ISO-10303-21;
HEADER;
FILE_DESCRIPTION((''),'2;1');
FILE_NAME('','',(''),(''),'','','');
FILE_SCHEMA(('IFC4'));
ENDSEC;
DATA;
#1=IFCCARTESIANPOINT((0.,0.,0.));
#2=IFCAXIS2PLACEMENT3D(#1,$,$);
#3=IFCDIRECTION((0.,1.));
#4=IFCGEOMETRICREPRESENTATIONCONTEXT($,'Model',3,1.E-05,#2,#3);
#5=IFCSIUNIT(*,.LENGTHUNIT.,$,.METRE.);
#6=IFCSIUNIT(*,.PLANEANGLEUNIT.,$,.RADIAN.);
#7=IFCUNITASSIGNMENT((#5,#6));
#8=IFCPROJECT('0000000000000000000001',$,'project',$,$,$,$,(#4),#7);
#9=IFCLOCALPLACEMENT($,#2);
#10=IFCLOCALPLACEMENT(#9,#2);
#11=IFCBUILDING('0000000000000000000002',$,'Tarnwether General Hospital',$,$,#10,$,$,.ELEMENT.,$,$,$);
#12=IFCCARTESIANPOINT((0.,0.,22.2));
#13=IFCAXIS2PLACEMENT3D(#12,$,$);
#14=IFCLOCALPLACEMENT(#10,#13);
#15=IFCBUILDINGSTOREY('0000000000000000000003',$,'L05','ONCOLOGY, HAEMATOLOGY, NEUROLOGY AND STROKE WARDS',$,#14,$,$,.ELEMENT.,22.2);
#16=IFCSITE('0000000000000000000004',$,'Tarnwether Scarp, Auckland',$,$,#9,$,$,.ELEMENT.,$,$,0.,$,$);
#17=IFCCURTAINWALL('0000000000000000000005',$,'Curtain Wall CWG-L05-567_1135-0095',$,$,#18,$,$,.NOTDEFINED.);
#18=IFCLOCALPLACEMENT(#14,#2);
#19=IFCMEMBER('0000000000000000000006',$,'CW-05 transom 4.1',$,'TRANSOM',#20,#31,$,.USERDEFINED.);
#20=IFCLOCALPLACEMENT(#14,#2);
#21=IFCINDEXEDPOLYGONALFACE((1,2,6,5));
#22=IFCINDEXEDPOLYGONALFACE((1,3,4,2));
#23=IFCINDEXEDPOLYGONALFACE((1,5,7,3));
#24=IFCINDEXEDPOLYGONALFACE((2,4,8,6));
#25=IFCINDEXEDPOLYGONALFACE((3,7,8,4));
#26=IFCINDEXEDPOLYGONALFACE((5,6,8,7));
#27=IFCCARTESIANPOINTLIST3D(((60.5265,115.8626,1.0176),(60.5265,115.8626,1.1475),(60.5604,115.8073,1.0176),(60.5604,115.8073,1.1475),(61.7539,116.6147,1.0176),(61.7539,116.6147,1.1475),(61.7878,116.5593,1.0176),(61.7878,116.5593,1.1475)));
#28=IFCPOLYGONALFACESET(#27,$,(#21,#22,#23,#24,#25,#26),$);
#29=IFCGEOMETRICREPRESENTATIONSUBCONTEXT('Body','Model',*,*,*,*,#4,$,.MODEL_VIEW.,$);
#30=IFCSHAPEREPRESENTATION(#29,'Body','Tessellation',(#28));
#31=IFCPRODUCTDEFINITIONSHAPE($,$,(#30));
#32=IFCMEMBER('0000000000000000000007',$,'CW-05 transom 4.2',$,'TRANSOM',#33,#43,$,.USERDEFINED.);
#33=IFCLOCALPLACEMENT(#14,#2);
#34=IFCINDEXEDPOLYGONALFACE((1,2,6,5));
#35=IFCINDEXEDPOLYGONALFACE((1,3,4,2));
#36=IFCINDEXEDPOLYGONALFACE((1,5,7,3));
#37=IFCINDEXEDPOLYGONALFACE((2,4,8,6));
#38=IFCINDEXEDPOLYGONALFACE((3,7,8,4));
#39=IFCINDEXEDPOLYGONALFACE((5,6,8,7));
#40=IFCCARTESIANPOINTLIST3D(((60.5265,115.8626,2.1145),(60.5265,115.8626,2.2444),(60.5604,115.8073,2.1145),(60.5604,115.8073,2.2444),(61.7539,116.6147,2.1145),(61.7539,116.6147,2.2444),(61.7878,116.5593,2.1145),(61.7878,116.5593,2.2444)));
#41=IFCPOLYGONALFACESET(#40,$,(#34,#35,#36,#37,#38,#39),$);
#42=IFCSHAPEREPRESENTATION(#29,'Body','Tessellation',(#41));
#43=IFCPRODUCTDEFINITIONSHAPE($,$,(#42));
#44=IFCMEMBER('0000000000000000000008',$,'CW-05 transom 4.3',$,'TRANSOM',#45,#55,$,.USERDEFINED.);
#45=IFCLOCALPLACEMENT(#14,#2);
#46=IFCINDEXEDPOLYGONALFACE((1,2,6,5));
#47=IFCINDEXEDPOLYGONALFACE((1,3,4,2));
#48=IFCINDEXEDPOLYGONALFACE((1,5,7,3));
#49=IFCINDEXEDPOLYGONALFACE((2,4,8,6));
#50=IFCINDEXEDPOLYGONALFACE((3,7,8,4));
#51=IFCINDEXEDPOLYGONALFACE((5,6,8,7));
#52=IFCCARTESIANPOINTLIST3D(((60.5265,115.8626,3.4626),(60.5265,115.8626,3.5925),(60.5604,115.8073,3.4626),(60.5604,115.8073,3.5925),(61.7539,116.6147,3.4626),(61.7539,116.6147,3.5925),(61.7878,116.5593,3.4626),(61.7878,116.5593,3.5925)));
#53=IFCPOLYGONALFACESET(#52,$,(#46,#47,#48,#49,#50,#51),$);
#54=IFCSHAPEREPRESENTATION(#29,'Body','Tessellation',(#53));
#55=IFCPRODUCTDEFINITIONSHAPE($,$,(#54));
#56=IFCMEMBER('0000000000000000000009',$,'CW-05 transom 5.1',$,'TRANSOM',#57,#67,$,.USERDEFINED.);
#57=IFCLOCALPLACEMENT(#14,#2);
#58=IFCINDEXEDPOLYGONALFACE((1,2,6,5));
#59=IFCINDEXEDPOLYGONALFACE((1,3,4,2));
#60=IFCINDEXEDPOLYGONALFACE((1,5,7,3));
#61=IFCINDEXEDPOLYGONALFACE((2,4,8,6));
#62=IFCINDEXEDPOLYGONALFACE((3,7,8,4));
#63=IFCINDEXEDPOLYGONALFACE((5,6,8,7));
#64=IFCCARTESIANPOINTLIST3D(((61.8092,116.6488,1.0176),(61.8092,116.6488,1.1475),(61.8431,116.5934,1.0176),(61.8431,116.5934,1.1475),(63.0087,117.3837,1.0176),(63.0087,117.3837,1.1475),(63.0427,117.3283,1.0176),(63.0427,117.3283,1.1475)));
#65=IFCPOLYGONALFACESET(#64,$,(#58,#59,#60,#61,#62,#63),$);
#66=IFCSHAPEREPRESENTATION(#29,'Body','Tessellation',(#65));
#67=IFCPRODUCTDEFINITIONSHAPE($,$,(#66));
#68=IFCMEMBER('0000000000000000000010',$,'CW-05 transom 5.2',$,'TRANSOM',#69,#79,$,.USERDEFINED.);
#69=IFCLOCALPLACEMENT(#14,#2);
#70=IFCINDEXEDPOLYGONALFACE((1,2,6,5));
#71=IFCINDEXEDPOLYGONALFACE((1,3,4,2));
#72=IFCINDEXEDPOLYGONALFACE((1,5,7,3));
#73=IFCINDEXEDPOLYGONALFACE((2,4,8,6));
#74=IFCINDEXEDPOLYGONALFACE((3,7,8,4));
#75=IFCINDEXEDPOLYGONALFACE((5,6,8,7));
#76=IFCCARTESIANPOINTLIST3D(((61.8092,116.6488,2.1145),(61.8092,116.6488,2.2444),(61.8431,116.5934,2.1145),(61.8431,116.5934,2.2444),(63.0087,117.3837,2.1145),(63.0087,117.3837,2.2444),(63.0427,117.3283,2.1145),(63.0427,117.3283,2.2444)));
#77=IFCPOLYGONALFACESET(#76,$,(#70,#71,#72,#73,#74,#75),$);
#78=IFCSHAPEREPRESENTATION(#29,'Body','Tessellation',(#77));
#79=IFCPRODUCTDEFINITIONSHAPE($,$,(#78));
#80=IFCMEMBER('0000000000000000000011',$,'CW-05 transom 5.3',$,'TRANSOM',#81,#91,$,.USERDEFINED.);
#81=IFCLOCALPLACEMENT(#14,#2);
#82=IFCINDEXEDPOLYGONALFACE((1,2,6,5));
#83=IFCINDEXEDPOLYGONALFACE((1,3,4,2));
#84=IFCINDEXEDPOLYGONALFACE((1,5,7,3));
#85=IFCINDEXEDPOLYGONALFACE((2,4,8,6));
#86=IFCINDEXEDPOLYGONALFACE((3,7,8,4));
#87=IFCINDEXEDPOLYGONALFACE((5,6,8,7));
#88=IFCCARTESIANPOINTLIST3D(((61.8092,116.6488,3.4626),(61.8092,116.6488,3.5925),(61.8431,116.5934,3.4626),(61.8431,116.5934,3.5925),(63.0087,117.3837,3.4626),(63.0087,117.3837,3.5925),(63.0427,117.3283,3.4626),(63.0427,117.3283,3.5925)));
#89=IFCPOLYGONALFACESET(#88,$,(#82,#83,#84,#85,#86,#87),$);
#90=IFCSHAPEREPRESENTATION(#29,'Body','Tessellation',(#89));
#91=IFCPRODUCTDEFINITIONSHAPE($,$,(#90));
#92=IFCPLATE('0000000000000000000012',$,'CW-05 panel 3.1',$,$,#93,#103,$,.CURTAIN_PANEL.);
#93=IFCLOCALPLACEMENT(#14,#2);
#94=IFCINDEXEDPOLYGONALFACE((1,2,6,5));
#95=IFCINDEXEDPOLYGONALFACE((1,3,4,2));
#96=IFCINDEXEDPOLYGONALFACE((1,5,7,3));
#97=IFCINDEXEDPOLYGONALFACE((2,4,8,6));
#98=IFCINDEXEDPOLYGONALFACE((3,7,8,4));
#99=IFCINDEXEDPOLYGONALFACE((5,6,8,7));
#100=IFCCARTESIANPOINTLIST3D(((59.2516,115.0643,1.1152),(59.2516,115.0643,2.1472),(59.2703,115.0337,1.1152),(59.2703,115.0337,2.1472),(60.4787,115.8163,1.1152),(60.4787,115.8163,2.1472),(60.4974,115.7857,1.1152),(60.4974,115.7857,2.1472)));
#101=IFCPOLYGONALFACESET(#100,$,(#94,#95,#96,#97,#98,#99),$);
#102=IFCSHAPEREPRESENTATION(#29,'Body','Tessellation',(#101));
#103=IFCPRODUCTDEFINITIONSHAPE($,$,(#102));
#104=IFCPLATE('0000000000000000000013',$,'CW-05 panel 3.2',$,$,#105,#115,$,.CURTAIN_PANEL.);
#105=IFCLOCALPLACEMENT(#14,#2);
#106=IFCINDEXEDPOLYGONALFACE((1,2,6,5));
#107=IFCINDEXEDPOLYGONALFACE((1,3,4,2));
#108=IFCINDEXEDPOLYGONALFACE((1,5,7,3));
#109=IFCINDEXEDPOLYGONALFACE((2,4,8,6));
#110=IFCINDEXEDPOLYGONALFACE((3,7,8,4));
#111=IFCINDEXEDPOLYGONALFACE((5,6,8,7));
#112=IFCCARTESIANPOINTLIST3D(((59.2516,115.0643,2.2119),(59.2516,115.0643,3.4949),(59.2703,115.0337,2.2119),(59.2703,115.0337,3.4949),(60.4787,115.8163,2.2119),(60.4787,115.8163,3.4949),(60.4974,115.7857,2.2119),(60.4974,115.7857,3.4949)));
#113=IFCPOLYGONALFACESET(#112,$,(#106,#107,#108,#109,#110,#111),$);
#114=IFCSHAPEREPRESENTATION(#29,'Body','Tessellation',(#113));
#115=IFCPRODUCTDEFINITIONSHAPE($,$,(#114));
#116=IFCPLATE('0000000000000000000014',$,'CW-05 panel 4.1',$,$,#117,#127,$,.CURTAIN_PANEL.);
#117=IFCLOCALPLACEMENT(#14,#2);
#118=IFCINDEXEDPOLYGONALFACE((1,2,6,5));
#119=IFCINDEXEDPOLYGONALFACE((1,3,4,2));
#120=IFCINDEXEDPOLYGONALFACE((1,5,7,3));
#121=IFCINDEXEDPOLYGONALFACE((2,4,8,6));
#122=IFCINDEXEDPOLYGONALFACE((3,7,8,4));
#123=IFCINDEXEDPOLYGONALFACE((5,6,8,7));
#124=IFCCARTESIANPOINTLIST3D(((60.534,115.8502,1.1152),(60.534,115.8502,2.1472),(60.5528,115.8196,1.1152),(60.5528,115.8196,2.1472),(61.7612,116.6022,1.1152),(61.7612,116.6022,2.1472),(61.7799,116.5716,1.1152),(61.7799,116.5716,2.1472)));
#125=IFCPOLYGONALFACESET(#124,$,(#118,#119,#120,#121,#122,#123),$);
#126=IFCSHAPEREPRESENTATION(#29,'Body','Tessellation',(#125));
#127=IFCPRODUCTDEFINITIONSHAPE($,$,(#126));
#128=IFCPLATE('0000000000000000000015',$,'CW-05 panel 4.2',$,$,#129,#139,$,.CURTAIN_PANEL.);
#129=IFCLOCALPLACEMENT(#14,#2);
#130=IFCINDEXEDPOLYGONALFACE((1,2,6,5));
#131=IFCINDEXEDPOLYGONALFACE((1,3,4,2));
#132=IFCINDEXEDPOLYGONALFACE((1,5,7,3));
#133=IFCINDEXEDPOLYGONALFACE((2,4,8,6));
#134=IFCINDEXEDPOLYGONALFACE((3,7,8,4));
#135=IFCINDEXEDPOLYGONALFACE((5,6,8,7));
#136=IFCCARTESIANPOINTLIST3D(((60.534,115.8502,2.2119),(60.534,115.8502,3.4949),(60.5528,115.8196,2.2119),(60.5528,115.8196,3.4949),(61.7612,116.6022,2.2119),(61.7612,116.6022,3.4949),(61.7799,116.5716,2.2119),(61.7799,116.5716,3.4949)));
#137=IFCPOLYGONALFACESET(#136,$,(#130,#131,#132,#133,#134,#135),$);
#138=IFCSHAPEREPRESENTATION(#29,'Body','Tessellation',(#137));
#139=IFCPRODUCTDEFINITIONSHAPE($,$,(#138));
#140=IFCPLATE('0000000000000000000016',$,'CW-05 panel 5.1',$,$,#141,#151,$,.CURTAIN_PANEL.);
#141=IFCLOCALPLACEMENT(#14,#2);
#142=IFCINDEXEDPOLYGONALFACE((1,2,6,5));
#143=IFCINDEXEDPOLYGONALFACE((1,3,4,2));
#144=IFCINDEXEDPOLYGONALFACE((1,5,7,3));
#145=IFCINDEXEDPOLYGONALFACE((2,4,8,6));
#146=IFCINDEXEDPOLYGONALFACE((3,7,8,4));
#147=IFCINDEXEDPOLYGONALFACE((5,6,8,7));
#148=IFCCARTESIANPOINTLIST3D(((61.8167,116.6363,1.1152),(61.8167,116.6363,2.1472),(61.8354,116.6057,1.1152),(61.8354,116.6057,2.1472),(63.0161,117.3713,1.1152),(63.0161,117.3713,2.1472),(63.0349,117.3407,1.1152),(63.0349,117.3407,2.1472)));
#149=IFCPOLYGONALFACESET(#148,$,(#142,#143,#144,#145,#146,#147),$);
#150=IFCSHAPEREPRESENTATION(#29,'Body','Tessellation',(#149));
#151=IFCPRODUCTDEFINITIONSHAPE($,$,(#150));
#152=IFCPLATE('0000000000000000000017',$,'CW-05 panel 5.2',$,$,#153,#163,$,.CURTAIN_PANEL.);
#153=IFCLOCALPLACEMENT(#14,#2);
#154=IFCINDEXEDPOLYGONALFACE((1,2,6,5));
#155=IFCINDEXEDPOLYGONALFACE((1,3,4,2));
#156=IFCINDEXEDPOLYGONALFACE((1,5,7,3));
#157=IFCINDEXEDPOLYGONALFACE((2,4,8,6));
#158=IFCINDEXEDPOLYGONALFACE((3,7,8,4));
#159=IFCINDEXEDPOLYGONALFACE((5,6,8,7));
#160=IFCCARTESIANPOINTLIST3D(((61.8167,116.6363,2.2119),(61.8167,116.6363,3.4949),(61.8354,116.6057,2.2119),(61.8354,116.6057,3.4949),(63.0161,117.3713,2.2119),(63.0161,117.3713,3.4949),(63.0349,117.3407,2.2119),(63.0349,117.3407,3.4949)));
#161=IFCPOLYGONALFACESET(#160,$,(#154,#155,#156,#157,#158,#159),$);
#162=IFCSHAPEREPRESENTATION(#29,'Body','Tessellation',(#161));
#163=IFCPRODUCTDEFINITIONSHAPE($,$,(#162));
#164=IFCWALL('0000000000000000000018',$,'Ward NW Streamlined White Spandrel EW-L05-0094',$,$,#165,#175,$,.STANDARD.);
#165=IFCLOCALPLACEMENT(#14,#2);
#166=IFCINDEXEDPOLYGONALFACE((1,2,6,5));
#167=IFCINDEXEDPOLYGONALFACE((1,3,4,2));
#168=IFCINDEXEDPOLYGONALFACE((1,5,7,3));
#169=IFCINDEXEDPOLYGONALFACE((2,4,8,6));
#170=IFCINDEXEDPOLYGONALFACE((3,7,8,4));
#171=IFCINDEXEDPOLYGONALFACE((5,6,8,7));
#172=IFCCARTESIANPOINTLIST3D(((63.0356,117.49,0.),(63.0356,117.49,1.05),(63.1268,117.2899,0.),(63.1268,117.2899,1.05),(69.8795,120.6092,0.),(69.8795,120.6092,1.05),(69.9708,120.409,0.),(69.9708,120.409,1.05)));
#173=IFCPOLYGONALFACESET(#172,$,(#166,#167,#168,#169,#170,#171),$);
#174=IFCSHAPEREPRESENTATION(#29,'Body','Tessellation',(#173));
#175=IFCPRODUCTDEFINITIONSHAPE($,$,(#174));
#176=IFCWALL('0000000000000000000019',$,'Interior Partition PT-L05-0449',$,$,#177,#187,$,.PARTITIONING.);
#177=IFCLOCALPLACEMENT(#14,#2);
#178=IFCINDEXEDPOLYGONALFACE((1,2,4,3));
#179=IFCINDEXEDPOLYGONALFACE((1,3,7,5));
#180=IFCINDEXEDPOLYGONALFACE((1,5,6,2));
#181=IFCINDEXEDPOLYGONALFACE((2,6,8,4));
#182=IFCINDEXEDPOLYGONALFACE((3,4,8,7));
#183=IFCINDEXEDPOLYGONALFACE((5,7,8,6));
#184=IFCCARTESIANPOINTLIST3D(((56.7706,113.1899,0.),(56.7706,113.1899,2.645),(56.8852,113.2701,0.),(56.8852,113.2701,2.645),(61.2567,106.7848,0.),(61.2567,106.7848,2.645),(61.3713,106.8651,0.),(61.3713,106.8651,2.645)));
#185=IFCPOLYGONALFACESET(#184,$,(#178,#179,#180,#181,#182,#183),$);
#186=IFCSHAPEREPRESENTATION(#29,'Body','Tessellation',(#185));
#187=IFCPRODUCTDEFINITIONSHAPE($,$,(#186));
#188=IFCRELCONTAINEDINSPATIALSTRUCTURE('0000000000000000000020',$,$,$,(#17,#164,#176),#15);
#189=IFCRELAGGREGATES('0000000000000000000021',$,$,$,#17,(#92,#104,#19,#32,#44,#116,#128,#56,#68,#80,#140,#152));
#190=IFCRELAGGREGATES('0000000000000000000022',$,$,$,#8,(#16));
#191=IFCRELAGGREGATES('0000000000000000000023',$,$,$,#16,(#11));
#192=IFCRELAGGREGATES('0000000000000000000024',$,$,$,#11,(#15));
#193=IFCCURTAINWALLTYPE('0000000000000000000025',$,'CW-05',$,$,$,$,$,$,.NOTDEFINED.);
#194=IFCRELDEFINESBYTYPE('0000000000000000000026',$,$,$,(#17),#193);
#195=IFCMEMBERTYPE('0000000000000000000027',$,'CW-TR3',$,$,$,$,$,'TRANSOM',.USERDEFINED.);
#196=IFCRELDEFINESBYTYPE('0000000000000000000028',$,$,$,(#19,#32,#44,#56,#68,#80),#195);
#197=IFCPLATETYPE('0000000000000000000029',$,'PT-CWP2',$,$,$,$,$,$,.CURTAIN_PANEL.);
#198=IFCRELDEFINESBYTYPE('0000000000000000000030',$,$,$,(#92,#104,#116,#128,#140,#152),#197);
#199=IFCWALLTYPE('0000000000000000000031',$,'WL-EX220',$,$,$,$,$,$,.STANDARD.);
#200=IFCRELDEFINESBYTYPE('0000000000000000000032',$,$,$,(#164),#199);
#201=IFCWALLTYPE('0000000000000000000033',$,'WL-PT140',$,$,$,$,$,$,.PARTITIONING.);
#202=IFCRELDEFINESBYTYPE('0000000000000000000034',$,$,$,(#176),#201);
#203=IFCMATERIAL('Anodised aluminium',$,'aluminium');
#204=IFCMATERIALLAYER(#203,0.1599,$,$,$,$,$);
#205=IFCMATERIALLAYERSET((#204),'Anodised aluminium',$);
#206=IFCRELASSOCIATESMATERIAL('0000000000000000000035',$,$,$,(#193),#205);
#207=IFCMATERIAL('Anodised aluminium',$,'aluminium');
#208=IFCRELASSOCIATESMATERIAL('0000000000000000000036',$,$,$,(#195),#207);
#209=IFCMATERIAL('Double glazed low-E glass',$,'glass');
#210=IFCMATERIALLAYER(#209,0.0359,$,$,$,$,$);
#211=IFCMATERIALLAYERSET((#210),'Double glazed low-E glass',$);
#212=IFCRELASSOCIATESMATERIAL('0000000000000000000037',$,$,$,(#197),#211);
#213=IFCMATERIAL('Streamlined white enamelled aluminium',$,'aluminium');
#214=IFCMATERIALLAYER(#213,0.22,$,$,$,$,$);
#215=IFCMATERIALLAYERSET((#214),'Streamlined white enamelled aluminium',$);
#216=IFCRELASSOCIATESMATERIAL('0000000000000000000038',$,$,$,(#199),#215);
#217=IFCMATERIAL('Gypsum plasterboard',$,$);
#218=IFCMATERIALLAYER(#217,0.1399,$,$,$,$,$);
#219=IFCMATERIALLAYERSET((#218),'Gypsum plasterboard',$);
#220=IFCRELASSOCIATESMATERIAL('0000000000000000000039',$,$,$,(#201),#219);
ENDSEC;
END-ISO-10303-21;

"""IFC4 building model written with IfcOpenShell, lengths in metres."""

from ifc_helpers import new_model, si_unit, direction, frame, frame_2d, origin, origin_2d, place, context, subcontext, project, spatial, rectangle, extrude, material, layer, layer_set, material_profile, profile_set, type_object, element, aggregate, save


model = new_model("IFC4")

# Units and contexts
model_context = context("Model", 3, precision=1e-05, world=origin(), true_north=direction((0.0, 1.0)))
body_context = subcontext(model_context, "Body", "Model", "MODEL_VIEW")
ifc_project = project(units=[si_unit("LENGTHUNIT", "METRE"), si_unit("PLANEANGLEUNIT", "RADIAN")], contexts=[model_context])

# Site, building, storey
site_placement = place(None, origin())
site = spatial("IfcSite", under=ifc_project, at=site_placement, Name="Tarnwether Scarp, Auckland", CompositionType="ELEMENT", RefElevation=0.0)
building_placement = place(site_placement, origin())
building = spatial("IfcBuilding", under=site, at=building_placement, Name="Tarnwether General Hospital", CompositionType="ELEMENT")
storey_placement = place(building_placement, frame((0.0, 0.0, 22.2)))
storey = spatial("IfcBuildingStorey", under=building, at=storey_placement, Name="L05", Description="ONCOLOGY, HAEMATOLOGY, NEUROLOGY AND STROKE WARDS", CompositionType="ELEMENT", Elevation=22.2)

# Shared definitions
ifc_material_1 = material(Name="Anodised aluminium", Category="aluminium")
ifc_layer_1 = layer(ifc_material_1, 0.1599)
ifc_layer_set_1 = layer_set([ifc_layer_1], Name="Anodised aluminium")
curtain_wall_type = type_object("IfcCurtainWallType", Name="CW-05", PredefinedType="NOTDEFINED", material=ifc_layer_set_1)

# Curtain wall
curtain_wall_1_placement = place(storey_placement, origin())
curtain_wall_1 = element("IfcCurtainWall", 1, at=curtain_wall_1_placement, inside=storey, type_object=curtain_wall_type, Name="Curtain Wall CWG-L05-567_1135-0095", PredefinedType="NOTDEFINED")

# Members
ifc_material_2 = material(Name="Anodised aluminium", Category="aluminium")
ifc_material_profile_1 = material_profile(ifc_material_2, rectangle(XDim=0.0649, YDim=0.1299, at=origin_2d()), Name="ALU-TRN-65x130")
ifc_profile_set_1 = profile_set([ifc_material_profile_1], Name="Anodised aluminium")
member_type_1 = type_object("IfcMemberType", Name="CW-TR3", ElementType="TRANSOM", PredefinedType="USERDEFINED", material=ifc_profile_set_1)
member_1_placement = place(storey_placement, frame((60.5435, 115.835, 1.0825), z_axis=(0.852682, 0.522431, 0.0), x_axis=(-0.522431, 0.852682, 0.0)))
member_1 = element("IfcMember", 2, at=member_1_placement, type_object=member_type_1, Name="CW-05 transom 4.1", ObjectType="TRANSOM", PredefinedType="USERDEFINED", context=body_context, shape_type="SweptSolid", body=[
    extrude(rectangle(XDim=0.0649, YDim=0.1299, at=origin_2d()), origin(), (0.0, 0.0, 1.0), 1.4395),
])
member_2_placement = place(storey_placement, frame((60.5435, 115.835, 2.1794), z_axis=(0.852682, 0.522431, 0.0), x_axis=(-0.522431, 0.852682, 0.0)))
member_2 = element("IfcMember", 3, at=member_2_placement, type_object=member_type_1, Name="CW-05 transom 4.2", ObjectType="TRANSOM", PredefinedType="USERDEFINED", context=body_context, shape_type="SweptSolid", body=[
    extrude(rectangle(XDim=0.0649, YDim=0.1299, at=origin_2d()), origin(), (0.0, 0.0, 1.0), 1.4395),
])
member_3_placement = place(storey_placement, frame((60.5435, 115.835, 3.5276), z_axis=(0.852682, 0.522431, 0.0), x_axis=(-0.522431, 0.852682, 0.0)))
member_3 = element("IfcMember", 4, at=member_3_placement, type_object=member_type_1, Name="CW-05 transom 4.3", ObjectType="TRANSOM", PredefinedType="USERDEFINED", context=body_context, shape_type="SweptSolid", body=[
    extrude(rectangle(XDim=0.0649, YDim=0.1299, at=origin_2d()), origin(), (0.0, 0.0, 1.0), 1.4395),
])
member_4_placement = place(storey_placement, frame((61.8262, 116.6211, 1.0825), z_axis=(0.852694, 0.522411, 0.0), x_axis=(-0.522411, 0.852694, 0.0)))
member_4 = element("IfcMember", 5, at=member_4_placement, type_object=member_type_1, Name="CW-05 transom 5.1", ObjectType="TRANSOM", PredefinedType="USERDEFINED", context=body_context, shape_type="SweptSolid", body=[
    extrude(rectangle(XDim=0.0649, YDim=0.1299, at=origin_2d()), origin(), (0.0, 0.0, 1.0), 1.4067),
])
member_5_placement = place(storey_placement, frame((61.8262, 116.6211, 2.1794), z_axis=(0.852694, 0.522411, 0.0), x_axis=(-0.522411, 0.852694, 0.0)))
member_5 = element("IfcMember", 6, at=member_5_placement, type_object=member_type_1, Name="CW-05 transom 5.2", ObjectType="TRANSOM", PredefinedType="USERDEFINED", context=body_context, shape_type="SweptSolid", body=[
    extrude(rectangle(XDim=0.0649, YDim=0.1299, at=origin_2d()), origin(), (0.0, 0.0, 1.0), 1.4067),
])
member_6_placement = place(storey_placement, frame((61.8262, 116.6211, 3.5276), z_axis=(0.852694, 0.522411, 0.0), x_axis=(-0.522411, 0.852694, 0.0)))
member_6 = element("IfcMember", 7, at=member_6_placement, type_object=member_type_1, Name="CW-05 transom 5.3", ObjectType="TRANSOM", PredefinedType="USERDEFINED", context=body_context, shape_type="SweptSolid", body=[
    extrude(rectangle(XDim=0.0649, YDim=0.1299, at=origin_2d()), origin(), (0.0, 0.0, 1.0), 1.4067),
])

# Plates
ifc_material_3 = material(Name="Double glazed low-E glass", Category="glass")
ifc_layer_2 = layer(ifc_material_3, 0.0359)
ifc_layer_set_2 = layer_set([ifc_layer_2], Name="Double glazed low-E glass")
plate_type = type_object("IfcPlateType", Name="PT-CWP2", PredefinedType="CURTAIN_PANEL", material=ifc_layer_set_2)
plate_1_placement = place(storey_placement, frame((59.8745, 115.425, 1.1152), z_axis=(0.0, 0.0, 1.0), x_axis=(0.852634, 0.522509, 0.0)))
plate_1 = element("IfcPlate", 8, at=plate_1_placement, type_object=plate_type, Name="CW-05 panel 3.1", PredefinedType="CURTAIN_PANEL", context=body_context, shape_type="SweptSolid", body=[
    extrude(rectangle(XDim=1.4392, YDim=0.0359, at=origin_2d()), origin(), (0.0, 0.0, 1.0), 1.032),
])
plate_2_placement = place(storey_placement, frame((59.8745, 115.425, 2.2119), z_axis=(0.0, 0.0, 1.0), x_axis=(0.852634, 0.522509, 0.0)))
plate_2 = element("IfcPlate", 9, at=plate_2_placement, type_object=plate_type, Name="CW-05 panel 3.2", PredefinedType="CURTAIN_PANEL", context=body_context, shape_type="SweptSolid", body=[
    extrude(rectangle(XDim=1.4392, YDim=0.0359, at=origin_2d()), origin(), (0.0, 0.0, 1.0), 1.283),
])
plate_3_placement = place(storey_placement, frame((61.157, 116.2109, 1.1152), z_axis=(0.0, 0.0, 1.0), x_axis=(0.852634, 0.522509, 0.0)))
plate_3 = element("IfcPlate", 10, at=plate_3_placement, type_object=plate_type, Name="CW-05 panel 4.1", PredefinedType="CURTAIN_PANEL", context=body_context, shape_type="SweptSolid", body=[
    extrude(rectangle(XDim=1.4392, YDim=0.0359, at=origin_2d()), origin(), (0.0, 0.0, 1.0), 1.032),
])
plate_4_placement = place(storey_placement, frame((61.157, 116.2109, 2.2119), z_axis=(0.0, 0.0, 1.0), x_axis=(0.852634, 0.522509, 0.0)))
plate_4 = element("IfcPlate", 11, at=plate_4_placement, type_object=plate_type, Name="CW-05 panel 4.2", PredefinedType="CURTAIN_PANEL", context=body_context, shape_type="SweptSolid", body=[
    extrude(rectangle(XDim=1.4392, YDim=0.0359, at=origin_2d()), origin(), (0.0, 0.0, 1.0), 1.283),
])
plate_5_placement = place(storey_placement, frame((62.4258, 116.9885, 1.1152), z_axis=(0.0, 0.0, 1.0), x_axis=(0.852634, 0.522509, 0.0)))
plate_5 = element("IfcPlate", 12, at=plate_5_placement, type_object=plate_type, Name="CW-05 panel 5.1", PredefinedType="CURTAIN_PANEL", context=body_context, shape_type="SweptSolid", body=[
    extrude(rectangle(XDim=1.4067, YDim=0.0359, at=origin_2d()), origin(), (0.0, 0.0, 1.0), 1.032),
])
plate_6_placement = place(storey_placement, frame((62.4258, 116.9885, 2.2119), z_axis=(0.0, 0.0, 1.0), x_axis=(0.852634, 0.522509, 0.0)))
plate_6 = element("IfcPlate", 13, at=plate_6_placement, type_object=plate_type, Name="CW-05 panel 5.2", PredefinedType="CURTAIN_PANEL", context=body_context, shape_type="SweptSolid", body=[
    extrude(rectangle(XDim=1.4067, YDim=0.0359, at=origin_2d()), origin(), (0.0, 0.0, 1.0), 1.283),
])
aggregate(curtain_wall_1, [plate_1, plate_2, member_1, member_2, member_3, plate_3, plate_4, member_4, member_5, member_6, plate_5, plate_6])

# Walls
ifc_material_4 = material(Name="Streamlined white enamelled aluminium", Category="aluminium")
ifc_layer_3 = layer(ifc_material_4, 0.22)
ifc_layer_set_3 = layer_set([ifc_layer_3], Name="Streamlined white enamelled aluminium")
wall_type_1 = type_object("IfcWallType", Name="WL-EX220", PredefinedType="STANDARD", material=ifc_layer_set_3)
wall_1_placement = place(storey_placement, frame((63.0811, 117.3899, 0.0), z_axis=(0.0, 0.0, 1.0), x_axis=(0.909954, 0.41471, 0.0)))
element("IfcWall", 14, at=wall_1_placement, inside=storey, type_object=wall_type_1, Name="Ward NW Streamlined White Spandrel EW-L05-0094", PredefinedType="STANDARD", context=body_context, shape_type="SweptSolid", body=[
    extrude(rectangle(XDim=7.5212, YDim=0.22, at=frame_2d((3.7607, 0.0))), origin(), (0.0, 0.0, 1.0), 1.05),
])
ifc_material_5 = material(Name="Gypsum plasterboard")
ifc_layer_4 = layer(ifc_material_5, 0.1399)
ifc_layer_set_4 = layer_set([ifc_layer_4], Name="Gypsum plasterboard")
wall_type_2 = type_object("IfcWallType", Name="WL-PT140", PredefinedType="PARTITIONING", material=ifc_layer_set_4)
wall_2_placement = place(storey_placement, frame((61.314, 106.825, 0.0), z_axis=(0.0, 0.0, 1.0), x_axis=(-0.573682, 0.819078, 0.0)))
element("IfcWall", 15, at=wall_2_placement, inside=storey, type_object=wall_type_2, Name="Interior Partition PT-L05-0449", PredefinedType="PARTITIONING", context=body_context, shape_type="SweptSolid", body=[
    extrude(rectangle(XDim=7.8198, YDim=0.1399, at=frame_2d((3.9099, 0.0))), origin(), (0.0, 0.0, 1.0), 2.645),
])

save(model, "model.ifc")
